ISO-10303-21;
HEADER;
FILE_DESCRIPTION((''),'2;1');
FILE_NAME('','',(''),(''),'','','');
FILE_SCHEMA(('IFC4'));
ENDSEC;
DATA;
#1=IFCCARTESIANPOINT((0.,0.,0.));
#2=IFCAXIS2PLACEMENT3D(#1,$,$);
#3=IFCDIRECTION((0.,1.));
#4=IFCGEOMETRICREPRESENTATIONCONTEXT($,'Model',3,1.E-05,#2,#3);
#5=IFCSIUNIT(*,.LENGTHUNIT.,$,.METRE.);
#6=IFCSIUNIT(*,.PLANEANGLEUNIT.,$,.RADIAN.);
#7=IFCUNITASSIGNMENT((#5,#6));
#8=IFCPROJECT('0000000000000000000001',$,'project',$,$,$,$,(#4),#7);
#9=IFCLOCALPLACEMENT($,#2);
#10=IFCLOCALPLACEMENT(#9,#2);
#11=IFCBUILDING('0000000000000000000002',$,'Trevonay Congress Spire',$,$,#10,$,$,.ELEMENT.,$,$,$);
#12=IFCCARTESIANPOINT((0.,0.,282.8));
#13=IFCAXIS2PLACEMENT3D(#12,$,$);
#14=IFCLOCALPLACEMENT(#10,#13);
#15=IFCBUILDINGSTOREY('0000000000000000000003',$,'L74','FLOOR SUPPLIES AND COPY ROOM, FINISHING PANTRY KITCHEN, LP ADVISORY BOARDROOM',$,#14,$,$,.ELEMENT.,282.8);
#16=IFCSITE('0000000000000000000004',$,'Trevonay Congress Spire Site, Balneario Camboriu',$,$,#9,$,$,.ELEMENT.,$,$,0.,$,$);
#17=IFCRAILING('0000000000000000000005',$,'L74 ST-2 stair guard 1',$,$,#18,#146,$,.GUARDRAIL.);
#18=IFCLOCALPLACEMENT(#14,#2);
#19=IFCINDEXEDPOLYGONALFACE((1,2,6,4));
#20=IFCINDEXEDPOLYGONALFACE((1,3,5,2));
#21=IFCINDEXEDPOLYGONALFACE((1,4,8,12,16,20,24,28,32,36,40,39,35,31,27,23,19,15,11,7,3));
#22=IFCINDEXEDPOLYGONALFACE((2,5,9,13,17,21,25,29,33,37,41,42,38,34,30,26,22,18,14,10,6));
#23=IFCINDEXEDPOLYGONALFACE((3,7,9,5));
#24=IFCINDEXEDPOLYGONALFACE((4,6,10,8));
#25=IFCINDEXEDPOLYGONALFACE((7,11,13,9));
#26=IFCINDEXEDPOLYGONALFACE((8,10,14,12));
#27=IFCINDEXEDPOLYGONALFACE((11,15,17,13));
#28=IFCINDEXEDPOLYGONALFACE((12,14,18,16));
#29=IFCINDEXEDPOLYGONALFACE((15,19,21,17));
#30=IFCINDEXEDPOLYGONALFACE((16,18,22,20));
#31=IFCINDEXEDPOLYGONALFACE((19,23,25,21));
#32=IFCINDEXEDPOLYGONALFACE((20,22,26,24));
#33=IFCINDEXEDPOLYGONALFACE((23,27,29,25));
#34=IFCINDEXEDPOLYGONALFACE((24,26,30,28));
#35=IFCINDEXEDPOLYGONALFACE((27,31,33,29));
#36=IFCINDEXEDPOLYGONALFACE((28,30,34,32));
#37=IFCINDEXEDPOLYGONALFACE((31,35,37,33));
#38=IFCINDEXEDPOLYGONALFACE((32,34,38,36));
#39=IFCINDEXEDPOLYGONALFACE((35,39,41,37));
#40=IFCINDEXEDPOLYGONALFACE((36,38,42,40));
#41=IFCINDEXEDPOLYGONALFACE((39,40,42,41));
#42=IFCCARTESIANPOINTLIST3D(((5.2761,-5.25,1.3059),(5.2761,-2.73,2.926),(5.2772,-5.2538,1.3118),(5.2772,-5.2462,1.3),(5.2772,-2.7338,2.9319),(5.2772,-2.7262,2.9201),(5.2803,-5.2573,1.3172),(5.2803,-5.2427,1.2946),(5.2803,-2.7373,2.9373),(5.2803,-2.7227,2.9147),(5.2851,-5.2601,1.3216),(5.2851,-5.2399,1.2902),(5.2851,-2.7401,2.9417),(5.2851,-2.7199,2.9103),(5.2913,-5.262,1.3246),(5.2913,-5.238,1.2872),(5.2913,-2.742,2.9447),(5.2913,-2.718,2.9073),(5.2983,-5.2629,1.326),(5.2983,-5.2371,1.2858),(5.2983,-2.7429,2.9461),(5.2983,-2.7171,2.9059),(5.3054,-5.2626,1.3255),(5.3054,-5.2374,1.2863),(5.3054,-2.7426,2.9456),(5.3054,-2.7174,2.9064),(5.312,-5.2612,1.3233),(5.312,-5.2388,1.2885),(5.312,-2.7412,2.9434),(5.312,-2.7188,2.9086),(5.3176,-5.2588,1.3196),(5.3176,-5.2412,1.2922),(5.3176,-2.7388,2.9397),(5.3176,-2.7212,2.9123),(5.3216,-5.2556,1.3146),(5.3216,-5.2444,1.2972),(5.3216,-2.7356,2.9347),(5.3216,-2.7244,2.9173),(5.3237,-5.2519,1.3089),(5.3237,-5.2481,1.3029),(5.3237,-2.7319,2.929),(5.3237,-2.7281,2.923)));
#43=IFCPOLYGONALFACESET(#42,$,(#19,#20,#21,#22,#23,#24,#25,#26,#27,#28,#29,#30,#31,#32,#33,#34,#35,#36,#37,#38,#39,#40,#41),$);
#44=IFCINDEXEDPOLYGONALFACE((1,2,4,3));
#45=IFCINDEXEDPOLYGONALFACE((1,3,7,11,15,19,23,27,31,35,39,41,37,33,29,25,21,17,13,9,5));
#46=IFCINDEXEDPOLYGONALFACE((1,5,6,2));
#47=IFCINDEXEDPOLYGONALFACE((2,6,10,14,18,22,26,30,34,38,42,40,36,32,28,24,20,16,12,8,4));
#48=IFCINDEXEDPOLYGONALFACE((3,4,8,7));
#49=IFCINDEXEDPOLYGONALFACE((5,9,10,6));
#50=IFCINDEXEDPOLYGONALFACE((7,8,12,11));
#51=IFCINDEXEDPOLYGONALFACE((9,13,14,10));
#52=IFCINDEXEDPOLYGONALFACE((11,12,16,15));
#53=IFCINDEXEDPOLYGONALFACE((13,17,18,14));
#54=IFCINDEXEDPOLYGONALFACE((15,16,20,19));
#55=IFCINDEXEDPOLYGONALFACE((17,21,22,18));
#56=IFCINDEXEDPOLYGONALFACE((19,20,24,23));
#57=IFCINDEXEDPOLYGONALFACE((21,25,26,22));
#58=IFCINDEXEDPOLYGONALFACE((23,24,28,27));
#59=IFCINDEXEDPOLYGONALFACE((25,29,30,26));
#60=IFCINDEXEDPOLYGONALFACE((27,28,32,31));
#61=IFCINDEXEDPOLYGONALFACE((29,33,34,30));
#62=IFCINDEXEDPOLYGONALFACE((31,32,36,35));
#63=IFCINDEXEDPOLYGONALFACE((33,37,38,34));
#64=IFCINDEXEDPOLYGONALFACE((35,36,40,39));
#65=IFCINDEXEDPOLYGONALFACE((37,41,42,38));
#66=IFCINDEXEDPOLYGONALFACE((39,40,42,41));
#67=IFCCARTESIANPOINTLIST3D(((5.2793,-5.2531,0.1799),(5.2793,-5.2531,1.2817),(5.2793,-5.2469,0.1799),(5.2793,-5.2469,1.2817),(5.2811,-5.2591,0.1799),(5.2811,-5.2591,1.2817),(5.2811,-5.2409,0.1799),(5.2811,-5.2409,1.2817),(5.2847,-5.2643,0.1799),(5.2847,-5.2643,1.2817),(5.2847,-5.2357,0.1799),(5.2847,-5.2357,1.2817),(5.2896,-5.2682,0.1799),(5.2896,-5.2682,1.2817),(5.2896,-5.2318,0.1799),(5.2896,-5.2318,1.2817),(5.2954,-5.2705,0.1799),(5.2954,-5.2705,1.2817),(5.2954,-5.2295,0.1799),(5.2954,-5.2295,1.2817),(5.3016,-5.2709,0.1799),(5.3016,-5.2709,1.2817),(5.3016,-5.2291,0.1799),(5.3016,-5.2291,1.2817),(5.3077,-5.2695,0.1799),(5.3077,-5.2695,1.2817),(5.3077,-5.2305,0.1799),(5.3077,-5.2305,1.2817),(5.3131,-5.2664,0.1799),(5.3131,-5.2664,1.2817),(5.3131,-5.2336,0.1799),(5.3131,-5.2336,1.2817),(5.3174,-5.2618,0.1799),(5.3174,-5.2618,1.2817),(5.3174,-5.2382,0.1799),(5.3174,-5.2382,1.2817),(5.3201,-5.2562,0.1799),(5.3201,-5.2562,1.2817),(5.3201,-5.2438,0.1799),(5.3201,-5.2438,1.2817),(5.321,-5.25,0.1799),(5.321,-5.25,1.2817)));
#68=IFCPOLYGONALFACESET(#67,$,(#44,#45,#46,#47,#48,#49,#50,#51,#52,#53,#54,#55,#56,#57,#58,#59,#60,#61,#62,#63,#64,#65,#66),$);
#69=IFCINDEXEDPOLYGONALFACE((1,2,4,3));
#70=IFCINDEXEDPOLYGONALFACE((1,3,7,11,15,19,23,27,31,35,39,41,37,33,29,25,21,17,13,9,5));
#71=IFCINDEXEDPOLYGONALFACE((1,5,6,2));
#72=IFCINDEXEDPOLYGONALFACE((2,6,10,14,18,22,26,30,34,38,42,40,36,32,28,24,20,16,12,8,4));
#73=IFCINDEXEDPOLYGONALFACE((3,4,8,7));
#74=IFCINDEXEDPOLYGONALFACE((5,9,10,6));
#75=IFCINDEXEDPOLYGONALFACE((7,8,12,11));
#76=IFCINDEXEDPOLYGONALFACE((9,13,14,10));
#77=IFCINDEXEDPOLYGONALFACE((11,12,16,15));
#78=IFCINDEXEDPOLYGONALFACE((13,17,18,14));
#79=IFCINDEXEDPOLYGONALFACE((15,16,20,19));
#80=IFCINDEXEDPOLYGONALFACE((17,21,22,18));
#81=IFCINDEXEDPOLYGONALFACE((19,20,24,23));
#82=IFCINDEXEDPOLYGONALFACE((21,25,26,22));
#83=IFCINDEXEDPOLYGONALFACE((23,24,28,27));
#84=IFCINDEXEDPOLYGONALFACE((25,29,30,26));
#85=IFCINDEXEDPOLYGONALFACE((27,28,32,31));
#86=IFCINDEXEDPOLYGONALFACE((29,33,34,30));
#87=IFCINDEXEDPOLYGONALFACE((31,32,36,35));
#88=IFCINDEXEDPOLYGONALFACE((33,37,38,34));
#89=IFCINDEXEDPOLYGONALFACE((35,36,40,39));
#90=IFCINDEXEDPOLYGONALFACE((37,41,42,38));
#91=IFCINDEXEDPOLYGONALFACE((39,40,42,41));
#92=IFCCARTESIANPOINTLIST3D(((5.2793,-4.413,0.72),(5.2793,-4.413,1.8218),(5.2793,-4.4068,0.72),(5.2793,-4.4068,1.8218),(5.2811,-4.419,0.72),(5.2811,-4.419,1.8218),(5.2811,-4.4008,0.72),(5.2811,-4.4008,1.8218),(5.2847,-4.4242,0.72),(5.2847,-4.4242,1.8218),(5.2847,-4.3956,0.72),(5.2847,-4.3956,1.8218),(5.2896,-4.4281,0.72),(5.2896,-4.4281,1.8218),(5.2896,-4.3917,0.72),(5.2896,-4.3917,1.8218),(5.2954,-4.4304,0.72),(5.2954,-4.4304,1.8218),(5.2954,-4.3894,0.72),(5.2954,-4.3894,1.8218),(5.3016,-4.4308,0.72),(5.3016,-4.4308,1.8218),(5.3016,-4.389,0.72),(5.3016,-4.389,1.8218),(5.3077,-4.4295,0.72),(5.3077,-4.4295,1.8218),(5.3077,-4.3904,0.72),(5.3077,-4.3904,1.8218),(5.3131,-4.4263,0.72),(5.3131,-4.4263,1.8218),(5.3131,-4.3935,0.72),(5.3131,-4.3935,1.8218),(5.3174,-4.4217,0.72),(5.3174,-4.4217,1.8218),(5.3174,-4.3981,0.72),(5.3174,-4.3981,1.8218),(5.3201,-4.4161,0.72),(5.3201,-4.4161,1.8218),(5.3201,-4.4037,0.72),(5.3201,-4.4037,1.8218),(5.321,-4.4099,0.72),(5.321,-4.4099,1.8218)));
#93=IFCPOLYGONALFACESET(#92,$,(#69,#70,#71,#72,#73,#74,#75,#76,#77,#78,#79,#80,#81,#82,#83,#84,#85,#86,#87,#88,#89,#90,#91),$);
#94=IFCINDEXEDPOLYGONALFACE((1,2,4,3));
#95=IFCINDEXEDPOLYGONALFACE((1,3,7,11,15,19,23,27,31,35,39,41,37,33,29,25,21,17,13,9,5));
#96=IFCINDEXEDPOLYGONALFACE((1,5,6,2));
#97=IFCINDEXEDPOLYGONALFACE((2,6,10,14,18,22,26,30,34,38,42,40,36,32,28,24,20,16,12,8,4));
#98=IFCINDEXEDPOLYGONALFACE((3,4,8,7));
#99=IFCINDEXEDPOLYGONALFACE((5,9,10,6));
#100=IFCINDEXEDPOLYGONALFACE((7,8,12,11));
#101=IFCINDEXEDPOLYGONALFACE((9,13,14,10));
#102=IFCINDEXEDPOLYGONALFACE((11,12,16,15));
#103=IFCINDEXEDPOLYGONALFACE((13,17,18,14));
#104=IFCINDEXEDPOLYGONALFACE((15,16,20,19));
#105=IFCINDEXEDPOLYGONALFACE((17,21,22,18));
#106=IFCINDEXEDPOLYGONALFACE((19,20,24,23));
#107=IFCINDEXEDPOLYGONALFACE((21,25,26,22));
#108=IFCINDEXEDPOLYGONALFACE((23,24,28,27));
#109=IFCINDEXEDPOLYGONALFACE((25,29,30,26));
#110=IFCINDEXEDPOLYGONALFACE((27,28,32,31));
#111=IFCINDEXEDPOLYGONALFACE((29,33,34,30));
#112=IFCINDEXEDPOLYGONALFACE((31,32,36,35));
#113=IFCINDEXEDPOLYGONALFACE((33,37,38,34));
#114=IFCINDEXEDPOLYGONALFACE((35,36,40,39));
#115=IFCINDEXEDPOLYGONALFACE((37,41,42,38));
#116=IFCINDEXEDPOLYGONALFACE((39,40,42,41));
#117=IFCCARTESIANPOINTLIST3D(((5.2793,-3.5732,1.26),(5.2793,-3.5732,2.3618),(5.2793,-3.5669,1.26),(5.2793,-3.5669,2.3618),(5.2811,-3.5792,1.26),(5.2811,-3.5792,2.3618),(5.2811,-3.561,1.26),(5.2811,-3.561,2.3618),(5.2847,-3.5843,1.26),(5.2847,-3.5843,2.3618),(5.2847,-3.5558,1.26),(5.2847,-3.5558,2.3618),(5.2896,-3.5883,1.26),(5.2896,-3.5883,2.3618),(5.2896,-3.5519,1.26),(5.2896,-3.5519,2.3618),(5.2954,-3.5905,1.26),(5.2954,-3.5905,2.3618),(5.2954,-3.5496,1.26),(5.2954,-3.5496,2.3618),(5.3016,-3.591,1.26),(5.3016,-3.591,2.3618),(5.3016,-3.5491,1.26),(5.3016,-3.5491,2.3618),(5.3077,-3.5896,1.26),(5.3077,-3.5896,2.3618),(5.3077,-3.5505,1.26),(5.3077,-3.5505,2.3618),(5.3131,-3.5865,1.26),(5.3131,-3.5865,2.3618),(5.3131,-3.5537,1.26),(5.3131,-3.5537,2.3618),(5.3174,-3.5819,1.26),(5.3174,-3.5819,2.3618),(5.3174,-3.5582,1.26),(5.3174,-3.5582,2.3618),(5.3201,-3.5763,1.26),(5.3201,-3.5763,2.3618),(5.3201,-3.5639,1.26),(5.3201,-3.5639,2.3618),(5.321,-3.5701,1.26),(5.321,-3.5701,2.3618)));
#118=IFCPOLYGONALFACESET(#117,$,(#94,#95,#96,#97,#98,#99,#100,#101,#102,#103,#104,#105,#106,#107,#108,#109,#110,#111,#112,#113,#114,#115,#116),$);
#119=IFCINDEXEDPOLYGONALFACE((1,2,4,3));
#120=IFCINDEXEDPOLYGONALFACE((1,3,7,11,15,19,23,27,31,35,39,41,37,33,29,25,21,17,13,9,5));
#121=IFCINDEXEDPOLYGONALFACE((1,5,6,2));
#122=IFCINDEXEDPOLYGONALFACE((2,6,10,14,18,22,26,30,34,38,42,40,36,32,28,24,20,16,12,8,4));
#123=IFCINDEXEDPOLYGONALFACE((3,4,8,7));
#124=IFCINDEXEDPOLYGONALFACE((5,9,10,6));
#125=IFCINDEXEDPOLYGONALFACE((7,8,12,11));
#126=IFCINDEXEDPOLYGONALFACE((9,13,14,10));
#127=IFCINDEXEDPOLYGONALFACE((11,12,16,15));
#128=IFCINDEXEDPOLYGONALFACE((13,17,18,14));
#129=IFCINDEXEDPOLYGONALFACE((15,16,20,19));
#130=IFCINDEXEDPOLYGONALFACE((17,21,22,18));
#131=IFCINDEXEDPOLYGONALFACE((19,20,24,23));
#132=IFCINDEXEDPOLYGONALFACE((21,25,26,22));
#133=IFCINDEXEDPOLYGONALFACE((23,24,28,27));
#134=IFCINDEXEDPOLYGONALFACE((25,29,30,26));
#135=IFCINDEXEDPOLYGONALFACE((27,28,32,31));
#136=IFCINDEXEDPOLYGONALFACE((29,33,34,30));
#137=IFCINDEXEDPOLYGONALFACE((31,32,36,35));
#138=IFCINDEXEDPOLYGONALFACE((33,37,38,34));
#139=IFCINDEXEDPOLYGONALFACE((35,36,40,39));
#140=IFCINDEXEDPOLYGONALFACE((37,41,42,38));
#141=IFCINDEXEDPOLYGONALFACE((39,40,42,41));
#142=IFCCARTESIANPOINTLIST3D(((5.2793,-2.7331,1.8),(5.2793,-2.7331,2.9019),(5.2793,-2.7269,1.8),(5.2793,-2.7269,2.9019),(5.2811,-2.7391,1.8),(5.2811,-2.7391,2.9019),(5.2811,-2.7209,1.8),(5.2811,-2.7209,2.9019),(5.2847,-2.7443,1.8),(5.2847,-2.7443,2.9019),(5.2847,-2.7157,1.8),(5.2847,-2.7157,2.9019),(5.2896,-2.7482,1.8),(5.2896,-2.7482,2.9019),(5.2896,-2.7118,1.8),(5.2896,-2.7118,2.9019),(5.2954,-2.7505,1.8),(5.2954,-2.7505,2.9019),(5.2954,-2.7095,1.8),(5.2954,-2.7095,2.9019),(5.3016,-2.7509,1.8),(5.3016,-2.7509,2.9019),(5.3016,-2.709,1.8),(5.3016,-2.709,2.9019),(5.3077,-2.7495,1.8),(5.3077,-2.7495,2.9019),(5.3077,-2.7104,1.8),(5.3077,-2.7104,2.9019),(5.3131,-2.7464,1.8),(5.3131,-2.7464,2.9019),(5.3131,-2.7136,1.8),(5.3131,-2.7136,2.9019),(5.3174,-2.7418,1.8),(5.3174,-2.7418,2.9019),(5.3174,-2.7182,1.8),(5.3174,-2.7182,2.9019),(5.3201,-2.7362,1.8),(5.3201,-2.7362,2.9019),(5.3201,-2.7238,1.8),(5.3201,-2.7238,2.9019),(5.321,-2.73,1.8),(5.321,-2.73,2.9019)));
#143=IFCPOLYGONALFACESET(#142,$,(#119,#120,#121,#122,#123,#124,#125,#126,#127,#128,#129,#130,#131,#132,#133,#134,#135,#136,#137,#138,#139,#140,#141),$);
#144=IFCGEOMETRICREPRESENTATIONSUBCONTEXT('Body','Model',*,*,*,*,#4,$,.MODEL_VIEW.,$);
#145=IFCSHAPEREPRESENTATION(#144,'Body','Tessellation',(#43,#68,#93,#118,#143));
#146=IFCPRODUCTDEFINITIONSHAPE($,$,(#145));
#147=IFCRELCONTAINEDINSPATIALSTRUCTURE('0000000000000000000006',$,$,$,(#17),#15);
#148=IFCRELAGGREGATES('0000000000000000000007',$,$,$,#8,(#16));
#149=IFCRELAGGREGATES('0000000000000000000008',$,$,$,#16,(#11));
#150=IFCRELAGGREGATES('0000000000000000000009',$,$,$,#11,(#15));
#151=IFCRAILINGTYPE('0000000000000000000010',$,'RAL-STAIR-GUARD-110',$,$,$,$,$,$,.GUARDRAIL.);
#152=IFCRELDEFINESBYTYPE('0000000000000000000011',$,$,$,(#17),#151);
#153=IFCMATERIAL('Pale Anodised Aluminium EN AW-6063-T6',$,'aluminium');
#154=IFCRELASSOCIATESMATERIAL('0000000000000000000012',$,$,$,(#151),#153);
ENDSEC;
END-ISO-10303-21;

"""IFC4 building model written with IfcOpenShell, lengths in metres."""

from ifc_helpers import new_model, si_unit, direction, frame, origin, origin_2d, place, context, subcontext, project, spatial, circle, extrude, material, type_object, element, save


model = new_model("IFC4")

# Units and contexts
model_context = context("Model", 3, precision=1e-05, world=origin(), true_north=direction((0.0, 1.0)))
body_context = subcontext(model_context, "Body", "Model", "MODEL_VIEW")
ifc_project = project(units=[si_unit("LENGTHUNIT", "METRE"), si_unit("PLANEANGLEUNIT", "RADIAN")], contexts=[model_context])

# Site, building, storey
site_placement = place(None, origin())
site = spatial("IfcSite", under=ifc_project, at=site_placement, Name="Trevonay Congress Spire Site, Balneario Camboriu", CompositionType="ELEMENT", RefElevation=0.0)
building_placement = place(site_placement, origin())
building = spatial("IfcBuilding", under=site, at=building_placement, Name="Trevonay Congress Spire", CompositionType="ELEMENT")
storey_placement = place(building_placement, frame((0.0, 0.0, 282.8)))
storey = spatial("IfcBuildingStorey", under=building, at=storey_placement, Name="L74", Description="FLOOR SUPPLIES AND COPY ROOM, FINISHING PANTRY KITCHEN, LP ADVISORY BOARDROOM", CompositionType="ELEMENT", Elevation=282.8)

# Shared definitions
ifc_material_1 = material(Name="Pale Anodised Aluminium EN AW-6063-T6", Category="aluminium")

# Railing
railing_type_1 = type_object("IfcRailingType", Name="RAL-STAIR-GUARD-110", PredefinedType="GUARDRAIL", material=ifc_material_1)
railing_1_placement = place(storey_placement, frame((5.3, -5.25, 0.1799)))
element("IfcRailing", 1, at=railing_1_placement, inside=storey, type_object=railing_type_1, Name="L74 ST-2 stair guard 1", PredefinedType="GUARDRAIL", context=body_context, shape_type="SweptSolid", body=[
    extrude(circle(Radius=0.0239, at=origin_2d()), frame((0.0, 0.0, 1.126), z_axis=(0.0, 0.841163, 0.540782), x_axis=(-1.0, 0.0, 0.0)), (0.0, 0.0, 1.0), 2.9958),
    extrude(circle(Radius=0.021, at=origin_2d()), origin(), (0.0, 0.0, 1.0), 1.1018),
    extrude(circle(Radius=0.021, at=origin_2d()), frame((0.0, 0.8401, 0.54)), (0.0, 0.0, 1.0), 1.1018),
    extrude(circle(Radius=0.021, at=origin_2d()), frame((0.0, 1.6799, 1.0801)), (0.0, 0.0, 1.0), 1.1018),
    extrude(circle(Radius=0.021, at=origin_2d()), frame((0.0, 2.52, 1.6201)), (0.0, 0.0, 1.0), 1.1018),
])

save(model, "model.ifc")
